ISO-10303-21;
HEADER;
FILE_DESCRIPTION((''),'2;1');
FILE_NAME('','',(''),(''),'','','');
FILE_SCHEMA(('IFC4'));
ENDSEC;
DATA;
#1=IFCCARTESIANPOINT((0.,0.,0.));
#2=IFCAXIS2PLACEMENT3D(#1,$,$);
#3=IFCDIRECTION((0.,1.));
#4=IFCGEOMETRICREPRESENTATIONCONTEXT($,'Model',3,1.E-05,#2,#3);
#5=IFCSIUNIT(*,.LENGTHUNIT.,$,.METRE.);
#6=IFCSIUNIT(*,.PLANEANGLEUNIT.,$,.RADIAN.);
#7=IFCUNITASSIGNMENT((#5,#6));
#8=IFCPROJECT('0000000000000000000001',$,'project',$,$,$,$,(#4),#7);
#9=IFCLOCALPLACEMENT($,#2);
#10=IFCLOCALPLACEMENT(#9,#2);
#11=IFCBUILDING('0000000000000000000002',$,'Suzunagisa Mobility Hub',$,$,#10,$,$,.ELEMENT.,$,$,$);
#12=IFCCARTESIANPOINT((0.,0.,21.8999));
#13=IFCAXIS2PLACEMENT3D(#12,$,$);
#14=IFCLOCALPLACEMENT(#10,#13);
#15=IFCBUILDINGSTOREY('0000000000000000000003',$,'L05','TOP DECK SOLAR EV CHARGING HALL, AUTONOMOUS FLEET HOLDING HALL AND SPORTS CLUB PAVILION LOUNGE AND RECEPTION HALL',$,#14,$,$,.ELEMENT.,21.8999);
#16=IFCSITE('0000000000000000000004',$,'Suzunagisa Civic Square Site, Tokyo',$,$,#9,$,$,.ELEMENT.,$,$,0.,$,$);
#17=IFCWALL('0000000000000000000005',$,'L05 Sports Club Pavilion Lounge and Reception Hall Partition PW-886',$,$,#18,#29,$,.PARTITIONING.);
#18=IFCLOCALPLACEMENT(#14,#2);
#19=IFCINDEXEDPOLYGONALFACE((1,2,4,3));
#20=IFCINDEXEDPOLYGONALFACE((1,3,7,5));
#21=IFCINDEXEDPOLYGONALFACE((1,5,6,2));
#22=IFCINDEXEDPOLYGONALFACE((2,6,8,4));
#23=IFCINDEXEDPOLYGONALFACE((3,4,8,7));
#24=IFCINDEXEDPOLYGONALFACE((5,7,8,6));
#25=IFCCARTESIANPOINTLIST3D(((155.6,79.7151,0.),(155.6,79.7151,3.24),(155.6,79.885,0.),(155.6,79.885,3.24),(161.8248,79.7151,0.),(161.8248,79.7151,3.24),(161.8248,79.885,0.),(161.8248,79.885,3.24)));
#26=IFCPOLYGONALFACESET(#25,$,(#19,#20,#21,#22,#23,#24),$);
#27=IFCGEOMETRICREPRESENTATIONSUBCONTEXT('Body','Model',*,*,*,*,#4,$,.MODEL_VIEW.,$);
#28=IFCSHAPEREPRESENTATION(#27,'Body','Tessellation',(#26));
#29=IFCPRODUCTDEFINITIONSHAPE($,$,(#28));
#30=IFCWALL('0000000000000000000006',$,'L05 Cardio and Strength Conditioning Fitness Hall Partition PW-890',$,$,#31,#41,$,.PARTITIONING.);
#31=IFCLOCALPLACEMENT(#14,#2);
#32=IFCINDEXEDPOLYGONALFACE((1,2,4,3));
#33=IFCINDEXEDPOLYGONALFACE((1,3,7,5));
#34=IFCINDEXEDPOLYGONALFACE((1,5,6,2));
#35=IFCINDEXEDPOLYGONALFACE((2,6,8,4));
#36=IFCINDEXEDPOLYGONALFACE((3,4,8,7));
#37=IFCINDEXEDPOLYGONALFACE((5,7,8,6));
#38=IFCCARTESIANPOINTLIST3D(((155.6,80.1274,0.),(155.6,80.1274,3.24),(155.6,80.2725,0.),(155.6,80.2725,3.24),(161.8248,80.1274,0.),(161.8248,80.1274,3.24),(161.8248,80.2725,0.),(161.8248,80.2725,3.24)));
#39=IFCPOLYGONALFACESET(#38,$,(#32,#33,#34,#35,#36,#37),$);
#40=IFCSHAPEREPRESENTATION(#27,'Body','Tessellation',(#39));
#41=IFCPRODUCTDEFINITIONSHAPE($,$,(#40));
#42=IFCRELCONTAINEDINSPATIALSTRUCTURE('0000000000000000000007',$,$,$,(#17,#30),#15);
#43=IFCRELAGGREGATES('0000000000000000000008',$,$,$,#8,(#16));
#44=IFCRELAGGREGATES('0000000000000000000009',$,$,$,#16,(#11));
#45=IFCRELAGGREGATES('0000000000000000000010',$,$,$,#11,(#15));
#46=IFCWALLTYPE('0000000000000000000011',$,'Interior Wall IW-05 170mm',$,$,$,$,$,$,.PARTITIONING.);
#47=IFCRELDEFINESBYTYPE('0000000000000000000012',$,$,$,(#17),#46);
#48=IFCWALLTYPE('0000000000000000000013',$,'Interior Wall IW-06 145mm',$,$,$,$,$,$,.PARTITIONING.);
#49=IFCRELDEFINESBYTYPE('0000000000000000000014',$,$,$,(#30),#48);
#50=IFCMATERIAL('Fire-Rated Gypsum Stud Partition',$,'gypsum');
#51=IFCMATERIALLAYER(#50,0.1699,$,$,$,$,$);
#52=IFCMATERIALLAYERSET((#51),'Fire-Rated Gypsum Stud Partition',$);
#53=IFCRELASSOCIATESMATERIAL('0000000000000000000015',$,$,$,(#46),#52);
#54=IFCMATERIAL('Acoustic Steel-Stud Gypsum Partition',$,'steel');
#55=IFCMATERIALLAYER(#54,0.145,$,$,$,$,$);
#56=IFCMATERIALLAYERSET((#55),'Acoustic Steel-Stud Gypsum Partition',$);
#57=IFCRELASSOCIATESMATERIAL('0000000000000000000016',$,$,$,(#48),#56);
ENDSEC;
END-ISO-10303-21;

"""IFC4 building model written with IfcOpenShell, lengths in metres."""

from ifc_helpers import new_model, si_unit, direction, frame, frame_2d, origin, place, context, subcontext, project, spatial, rectangle, extrude, material, layer, layer_set, type_object, element, save


model = new_model("IFC4")

# Units and contexts
model_context = context("Model", 3, precision=1e-05, world=origin(), true_north=direction((0.0, 1.0)))
body_context = subcontext(model_context, "Body", "Model", "MODEL_VIEW")
ifc_project = project(units=[si_unit("LENGTHUNIT", "METRE"), si_unit("PLANEANGLEUNIT", "RADIAN")], contexts=[model_context])

# Site, building, storey
site_placement = place(None, origin())
site = spatial("IfcSite", under=ifc_project, at=site_placement, Name="Suzunagisa Civic Square Site, Tokyo", CompositionType="ELEMENT", RefElevation=0.0)
building_placement = place(site_placement, origin())
building = spatial("IfcBuilding", under=site, at=building_placement, Name="Suzunagisa Mobility Hub", CompositionType="ELEMENT")
storey_placement = place(building_placement, frame((0.0, 0.0, 21.8999)))
storey = spatial("IfcBuildingStorey", under=building, at=storey_placement, Name="L05", Description="TOP DECK SOLAR EV CHARGING HALL, AUTONOMOUS FLEET HOLDING HALL AND SPORTS CLUB PAVILION LOUNGE AND RECEPTION HALL", CompositionType="ELEMENT", Elevation=21.8999)

# Shared definitions
ifc_material_1 = material(Name="Fire-Rated Gypsum Stud Partition", Category="gypsum")

# Walls
ifc_layer_1 = layer(ifc_material_1, 0.1699)
ifc_layer_set_1 = layer_set([ifc_layer_1], Name="Fire-Rated Gypsum Stud Partition")
wall_type_1 = type_object("IfcWallType", Name="Interior Wall IW-05 170mm", PredefinedType="PARTITIONING", material=ifc_layer_set_1)
wall_1_placement = place(storey_placement, frame((155.6001, 79.8, 0.0), z_axis=(0.0, 0.0, 1.0), x_axis=(1.0, 0.0, 0.0)))
element("IfcWall", 1, at=wall_1_placement, inside=storey, type_object=wall_type_1, Name="L05 Sports Club Pavilion Lounge and Reception Hall Partition PW-886", PredefinedType="PARTITIONING", context=body_context, shape_type="SweptSolid", body=[
    extrude(rectangle(XDim=6.2249, YDim=0.1699, at=frame_2d((3.1123, 0.0))), origin(), (0.0, 0.0, 1.0), 3.24),
])
ifc_material_2 = material(Name="Acoustic Steel-Stud Gypsum Partition", Category="steel")
ifc_layer_2 = layer(ifc_material_2, 0.145)
ifc_layer_set_2 = layer_set([ifc_layer_2], Name="Acoustic Steel-Stud Gypsum Partition")
wall_type_2 = type_object("IfcWallType", Name="Interior Wall IW-06 145mm", PredefinedType="PARTITIONING", material=ifc_layer_set_2)
wall_2_placement = place(storey_placement, frame((155.6001, 80.2, 0.0), z_axis=(0.0, 0.0, 1.0), x_axis=(1.0, 0.0, 0.0)))
element("IfcWall", 2, at=wall_2_placement, inside=storey, type_object=wall_type_2, Name="L05 Cardio and Strength Conditioning Fitness Hall Partition PW-890", PredefinedType="PARTITIONING", context=body_context, shape_type="SweptSolid", body=[
    extrude(rectangle(XDim=6.2249, YDim=0.145, at=frame_2d((3.1123, 0.0))), origin(), (0.0, 0.0, 1.0), 3.24),
])

save(model, "model.ifc")
